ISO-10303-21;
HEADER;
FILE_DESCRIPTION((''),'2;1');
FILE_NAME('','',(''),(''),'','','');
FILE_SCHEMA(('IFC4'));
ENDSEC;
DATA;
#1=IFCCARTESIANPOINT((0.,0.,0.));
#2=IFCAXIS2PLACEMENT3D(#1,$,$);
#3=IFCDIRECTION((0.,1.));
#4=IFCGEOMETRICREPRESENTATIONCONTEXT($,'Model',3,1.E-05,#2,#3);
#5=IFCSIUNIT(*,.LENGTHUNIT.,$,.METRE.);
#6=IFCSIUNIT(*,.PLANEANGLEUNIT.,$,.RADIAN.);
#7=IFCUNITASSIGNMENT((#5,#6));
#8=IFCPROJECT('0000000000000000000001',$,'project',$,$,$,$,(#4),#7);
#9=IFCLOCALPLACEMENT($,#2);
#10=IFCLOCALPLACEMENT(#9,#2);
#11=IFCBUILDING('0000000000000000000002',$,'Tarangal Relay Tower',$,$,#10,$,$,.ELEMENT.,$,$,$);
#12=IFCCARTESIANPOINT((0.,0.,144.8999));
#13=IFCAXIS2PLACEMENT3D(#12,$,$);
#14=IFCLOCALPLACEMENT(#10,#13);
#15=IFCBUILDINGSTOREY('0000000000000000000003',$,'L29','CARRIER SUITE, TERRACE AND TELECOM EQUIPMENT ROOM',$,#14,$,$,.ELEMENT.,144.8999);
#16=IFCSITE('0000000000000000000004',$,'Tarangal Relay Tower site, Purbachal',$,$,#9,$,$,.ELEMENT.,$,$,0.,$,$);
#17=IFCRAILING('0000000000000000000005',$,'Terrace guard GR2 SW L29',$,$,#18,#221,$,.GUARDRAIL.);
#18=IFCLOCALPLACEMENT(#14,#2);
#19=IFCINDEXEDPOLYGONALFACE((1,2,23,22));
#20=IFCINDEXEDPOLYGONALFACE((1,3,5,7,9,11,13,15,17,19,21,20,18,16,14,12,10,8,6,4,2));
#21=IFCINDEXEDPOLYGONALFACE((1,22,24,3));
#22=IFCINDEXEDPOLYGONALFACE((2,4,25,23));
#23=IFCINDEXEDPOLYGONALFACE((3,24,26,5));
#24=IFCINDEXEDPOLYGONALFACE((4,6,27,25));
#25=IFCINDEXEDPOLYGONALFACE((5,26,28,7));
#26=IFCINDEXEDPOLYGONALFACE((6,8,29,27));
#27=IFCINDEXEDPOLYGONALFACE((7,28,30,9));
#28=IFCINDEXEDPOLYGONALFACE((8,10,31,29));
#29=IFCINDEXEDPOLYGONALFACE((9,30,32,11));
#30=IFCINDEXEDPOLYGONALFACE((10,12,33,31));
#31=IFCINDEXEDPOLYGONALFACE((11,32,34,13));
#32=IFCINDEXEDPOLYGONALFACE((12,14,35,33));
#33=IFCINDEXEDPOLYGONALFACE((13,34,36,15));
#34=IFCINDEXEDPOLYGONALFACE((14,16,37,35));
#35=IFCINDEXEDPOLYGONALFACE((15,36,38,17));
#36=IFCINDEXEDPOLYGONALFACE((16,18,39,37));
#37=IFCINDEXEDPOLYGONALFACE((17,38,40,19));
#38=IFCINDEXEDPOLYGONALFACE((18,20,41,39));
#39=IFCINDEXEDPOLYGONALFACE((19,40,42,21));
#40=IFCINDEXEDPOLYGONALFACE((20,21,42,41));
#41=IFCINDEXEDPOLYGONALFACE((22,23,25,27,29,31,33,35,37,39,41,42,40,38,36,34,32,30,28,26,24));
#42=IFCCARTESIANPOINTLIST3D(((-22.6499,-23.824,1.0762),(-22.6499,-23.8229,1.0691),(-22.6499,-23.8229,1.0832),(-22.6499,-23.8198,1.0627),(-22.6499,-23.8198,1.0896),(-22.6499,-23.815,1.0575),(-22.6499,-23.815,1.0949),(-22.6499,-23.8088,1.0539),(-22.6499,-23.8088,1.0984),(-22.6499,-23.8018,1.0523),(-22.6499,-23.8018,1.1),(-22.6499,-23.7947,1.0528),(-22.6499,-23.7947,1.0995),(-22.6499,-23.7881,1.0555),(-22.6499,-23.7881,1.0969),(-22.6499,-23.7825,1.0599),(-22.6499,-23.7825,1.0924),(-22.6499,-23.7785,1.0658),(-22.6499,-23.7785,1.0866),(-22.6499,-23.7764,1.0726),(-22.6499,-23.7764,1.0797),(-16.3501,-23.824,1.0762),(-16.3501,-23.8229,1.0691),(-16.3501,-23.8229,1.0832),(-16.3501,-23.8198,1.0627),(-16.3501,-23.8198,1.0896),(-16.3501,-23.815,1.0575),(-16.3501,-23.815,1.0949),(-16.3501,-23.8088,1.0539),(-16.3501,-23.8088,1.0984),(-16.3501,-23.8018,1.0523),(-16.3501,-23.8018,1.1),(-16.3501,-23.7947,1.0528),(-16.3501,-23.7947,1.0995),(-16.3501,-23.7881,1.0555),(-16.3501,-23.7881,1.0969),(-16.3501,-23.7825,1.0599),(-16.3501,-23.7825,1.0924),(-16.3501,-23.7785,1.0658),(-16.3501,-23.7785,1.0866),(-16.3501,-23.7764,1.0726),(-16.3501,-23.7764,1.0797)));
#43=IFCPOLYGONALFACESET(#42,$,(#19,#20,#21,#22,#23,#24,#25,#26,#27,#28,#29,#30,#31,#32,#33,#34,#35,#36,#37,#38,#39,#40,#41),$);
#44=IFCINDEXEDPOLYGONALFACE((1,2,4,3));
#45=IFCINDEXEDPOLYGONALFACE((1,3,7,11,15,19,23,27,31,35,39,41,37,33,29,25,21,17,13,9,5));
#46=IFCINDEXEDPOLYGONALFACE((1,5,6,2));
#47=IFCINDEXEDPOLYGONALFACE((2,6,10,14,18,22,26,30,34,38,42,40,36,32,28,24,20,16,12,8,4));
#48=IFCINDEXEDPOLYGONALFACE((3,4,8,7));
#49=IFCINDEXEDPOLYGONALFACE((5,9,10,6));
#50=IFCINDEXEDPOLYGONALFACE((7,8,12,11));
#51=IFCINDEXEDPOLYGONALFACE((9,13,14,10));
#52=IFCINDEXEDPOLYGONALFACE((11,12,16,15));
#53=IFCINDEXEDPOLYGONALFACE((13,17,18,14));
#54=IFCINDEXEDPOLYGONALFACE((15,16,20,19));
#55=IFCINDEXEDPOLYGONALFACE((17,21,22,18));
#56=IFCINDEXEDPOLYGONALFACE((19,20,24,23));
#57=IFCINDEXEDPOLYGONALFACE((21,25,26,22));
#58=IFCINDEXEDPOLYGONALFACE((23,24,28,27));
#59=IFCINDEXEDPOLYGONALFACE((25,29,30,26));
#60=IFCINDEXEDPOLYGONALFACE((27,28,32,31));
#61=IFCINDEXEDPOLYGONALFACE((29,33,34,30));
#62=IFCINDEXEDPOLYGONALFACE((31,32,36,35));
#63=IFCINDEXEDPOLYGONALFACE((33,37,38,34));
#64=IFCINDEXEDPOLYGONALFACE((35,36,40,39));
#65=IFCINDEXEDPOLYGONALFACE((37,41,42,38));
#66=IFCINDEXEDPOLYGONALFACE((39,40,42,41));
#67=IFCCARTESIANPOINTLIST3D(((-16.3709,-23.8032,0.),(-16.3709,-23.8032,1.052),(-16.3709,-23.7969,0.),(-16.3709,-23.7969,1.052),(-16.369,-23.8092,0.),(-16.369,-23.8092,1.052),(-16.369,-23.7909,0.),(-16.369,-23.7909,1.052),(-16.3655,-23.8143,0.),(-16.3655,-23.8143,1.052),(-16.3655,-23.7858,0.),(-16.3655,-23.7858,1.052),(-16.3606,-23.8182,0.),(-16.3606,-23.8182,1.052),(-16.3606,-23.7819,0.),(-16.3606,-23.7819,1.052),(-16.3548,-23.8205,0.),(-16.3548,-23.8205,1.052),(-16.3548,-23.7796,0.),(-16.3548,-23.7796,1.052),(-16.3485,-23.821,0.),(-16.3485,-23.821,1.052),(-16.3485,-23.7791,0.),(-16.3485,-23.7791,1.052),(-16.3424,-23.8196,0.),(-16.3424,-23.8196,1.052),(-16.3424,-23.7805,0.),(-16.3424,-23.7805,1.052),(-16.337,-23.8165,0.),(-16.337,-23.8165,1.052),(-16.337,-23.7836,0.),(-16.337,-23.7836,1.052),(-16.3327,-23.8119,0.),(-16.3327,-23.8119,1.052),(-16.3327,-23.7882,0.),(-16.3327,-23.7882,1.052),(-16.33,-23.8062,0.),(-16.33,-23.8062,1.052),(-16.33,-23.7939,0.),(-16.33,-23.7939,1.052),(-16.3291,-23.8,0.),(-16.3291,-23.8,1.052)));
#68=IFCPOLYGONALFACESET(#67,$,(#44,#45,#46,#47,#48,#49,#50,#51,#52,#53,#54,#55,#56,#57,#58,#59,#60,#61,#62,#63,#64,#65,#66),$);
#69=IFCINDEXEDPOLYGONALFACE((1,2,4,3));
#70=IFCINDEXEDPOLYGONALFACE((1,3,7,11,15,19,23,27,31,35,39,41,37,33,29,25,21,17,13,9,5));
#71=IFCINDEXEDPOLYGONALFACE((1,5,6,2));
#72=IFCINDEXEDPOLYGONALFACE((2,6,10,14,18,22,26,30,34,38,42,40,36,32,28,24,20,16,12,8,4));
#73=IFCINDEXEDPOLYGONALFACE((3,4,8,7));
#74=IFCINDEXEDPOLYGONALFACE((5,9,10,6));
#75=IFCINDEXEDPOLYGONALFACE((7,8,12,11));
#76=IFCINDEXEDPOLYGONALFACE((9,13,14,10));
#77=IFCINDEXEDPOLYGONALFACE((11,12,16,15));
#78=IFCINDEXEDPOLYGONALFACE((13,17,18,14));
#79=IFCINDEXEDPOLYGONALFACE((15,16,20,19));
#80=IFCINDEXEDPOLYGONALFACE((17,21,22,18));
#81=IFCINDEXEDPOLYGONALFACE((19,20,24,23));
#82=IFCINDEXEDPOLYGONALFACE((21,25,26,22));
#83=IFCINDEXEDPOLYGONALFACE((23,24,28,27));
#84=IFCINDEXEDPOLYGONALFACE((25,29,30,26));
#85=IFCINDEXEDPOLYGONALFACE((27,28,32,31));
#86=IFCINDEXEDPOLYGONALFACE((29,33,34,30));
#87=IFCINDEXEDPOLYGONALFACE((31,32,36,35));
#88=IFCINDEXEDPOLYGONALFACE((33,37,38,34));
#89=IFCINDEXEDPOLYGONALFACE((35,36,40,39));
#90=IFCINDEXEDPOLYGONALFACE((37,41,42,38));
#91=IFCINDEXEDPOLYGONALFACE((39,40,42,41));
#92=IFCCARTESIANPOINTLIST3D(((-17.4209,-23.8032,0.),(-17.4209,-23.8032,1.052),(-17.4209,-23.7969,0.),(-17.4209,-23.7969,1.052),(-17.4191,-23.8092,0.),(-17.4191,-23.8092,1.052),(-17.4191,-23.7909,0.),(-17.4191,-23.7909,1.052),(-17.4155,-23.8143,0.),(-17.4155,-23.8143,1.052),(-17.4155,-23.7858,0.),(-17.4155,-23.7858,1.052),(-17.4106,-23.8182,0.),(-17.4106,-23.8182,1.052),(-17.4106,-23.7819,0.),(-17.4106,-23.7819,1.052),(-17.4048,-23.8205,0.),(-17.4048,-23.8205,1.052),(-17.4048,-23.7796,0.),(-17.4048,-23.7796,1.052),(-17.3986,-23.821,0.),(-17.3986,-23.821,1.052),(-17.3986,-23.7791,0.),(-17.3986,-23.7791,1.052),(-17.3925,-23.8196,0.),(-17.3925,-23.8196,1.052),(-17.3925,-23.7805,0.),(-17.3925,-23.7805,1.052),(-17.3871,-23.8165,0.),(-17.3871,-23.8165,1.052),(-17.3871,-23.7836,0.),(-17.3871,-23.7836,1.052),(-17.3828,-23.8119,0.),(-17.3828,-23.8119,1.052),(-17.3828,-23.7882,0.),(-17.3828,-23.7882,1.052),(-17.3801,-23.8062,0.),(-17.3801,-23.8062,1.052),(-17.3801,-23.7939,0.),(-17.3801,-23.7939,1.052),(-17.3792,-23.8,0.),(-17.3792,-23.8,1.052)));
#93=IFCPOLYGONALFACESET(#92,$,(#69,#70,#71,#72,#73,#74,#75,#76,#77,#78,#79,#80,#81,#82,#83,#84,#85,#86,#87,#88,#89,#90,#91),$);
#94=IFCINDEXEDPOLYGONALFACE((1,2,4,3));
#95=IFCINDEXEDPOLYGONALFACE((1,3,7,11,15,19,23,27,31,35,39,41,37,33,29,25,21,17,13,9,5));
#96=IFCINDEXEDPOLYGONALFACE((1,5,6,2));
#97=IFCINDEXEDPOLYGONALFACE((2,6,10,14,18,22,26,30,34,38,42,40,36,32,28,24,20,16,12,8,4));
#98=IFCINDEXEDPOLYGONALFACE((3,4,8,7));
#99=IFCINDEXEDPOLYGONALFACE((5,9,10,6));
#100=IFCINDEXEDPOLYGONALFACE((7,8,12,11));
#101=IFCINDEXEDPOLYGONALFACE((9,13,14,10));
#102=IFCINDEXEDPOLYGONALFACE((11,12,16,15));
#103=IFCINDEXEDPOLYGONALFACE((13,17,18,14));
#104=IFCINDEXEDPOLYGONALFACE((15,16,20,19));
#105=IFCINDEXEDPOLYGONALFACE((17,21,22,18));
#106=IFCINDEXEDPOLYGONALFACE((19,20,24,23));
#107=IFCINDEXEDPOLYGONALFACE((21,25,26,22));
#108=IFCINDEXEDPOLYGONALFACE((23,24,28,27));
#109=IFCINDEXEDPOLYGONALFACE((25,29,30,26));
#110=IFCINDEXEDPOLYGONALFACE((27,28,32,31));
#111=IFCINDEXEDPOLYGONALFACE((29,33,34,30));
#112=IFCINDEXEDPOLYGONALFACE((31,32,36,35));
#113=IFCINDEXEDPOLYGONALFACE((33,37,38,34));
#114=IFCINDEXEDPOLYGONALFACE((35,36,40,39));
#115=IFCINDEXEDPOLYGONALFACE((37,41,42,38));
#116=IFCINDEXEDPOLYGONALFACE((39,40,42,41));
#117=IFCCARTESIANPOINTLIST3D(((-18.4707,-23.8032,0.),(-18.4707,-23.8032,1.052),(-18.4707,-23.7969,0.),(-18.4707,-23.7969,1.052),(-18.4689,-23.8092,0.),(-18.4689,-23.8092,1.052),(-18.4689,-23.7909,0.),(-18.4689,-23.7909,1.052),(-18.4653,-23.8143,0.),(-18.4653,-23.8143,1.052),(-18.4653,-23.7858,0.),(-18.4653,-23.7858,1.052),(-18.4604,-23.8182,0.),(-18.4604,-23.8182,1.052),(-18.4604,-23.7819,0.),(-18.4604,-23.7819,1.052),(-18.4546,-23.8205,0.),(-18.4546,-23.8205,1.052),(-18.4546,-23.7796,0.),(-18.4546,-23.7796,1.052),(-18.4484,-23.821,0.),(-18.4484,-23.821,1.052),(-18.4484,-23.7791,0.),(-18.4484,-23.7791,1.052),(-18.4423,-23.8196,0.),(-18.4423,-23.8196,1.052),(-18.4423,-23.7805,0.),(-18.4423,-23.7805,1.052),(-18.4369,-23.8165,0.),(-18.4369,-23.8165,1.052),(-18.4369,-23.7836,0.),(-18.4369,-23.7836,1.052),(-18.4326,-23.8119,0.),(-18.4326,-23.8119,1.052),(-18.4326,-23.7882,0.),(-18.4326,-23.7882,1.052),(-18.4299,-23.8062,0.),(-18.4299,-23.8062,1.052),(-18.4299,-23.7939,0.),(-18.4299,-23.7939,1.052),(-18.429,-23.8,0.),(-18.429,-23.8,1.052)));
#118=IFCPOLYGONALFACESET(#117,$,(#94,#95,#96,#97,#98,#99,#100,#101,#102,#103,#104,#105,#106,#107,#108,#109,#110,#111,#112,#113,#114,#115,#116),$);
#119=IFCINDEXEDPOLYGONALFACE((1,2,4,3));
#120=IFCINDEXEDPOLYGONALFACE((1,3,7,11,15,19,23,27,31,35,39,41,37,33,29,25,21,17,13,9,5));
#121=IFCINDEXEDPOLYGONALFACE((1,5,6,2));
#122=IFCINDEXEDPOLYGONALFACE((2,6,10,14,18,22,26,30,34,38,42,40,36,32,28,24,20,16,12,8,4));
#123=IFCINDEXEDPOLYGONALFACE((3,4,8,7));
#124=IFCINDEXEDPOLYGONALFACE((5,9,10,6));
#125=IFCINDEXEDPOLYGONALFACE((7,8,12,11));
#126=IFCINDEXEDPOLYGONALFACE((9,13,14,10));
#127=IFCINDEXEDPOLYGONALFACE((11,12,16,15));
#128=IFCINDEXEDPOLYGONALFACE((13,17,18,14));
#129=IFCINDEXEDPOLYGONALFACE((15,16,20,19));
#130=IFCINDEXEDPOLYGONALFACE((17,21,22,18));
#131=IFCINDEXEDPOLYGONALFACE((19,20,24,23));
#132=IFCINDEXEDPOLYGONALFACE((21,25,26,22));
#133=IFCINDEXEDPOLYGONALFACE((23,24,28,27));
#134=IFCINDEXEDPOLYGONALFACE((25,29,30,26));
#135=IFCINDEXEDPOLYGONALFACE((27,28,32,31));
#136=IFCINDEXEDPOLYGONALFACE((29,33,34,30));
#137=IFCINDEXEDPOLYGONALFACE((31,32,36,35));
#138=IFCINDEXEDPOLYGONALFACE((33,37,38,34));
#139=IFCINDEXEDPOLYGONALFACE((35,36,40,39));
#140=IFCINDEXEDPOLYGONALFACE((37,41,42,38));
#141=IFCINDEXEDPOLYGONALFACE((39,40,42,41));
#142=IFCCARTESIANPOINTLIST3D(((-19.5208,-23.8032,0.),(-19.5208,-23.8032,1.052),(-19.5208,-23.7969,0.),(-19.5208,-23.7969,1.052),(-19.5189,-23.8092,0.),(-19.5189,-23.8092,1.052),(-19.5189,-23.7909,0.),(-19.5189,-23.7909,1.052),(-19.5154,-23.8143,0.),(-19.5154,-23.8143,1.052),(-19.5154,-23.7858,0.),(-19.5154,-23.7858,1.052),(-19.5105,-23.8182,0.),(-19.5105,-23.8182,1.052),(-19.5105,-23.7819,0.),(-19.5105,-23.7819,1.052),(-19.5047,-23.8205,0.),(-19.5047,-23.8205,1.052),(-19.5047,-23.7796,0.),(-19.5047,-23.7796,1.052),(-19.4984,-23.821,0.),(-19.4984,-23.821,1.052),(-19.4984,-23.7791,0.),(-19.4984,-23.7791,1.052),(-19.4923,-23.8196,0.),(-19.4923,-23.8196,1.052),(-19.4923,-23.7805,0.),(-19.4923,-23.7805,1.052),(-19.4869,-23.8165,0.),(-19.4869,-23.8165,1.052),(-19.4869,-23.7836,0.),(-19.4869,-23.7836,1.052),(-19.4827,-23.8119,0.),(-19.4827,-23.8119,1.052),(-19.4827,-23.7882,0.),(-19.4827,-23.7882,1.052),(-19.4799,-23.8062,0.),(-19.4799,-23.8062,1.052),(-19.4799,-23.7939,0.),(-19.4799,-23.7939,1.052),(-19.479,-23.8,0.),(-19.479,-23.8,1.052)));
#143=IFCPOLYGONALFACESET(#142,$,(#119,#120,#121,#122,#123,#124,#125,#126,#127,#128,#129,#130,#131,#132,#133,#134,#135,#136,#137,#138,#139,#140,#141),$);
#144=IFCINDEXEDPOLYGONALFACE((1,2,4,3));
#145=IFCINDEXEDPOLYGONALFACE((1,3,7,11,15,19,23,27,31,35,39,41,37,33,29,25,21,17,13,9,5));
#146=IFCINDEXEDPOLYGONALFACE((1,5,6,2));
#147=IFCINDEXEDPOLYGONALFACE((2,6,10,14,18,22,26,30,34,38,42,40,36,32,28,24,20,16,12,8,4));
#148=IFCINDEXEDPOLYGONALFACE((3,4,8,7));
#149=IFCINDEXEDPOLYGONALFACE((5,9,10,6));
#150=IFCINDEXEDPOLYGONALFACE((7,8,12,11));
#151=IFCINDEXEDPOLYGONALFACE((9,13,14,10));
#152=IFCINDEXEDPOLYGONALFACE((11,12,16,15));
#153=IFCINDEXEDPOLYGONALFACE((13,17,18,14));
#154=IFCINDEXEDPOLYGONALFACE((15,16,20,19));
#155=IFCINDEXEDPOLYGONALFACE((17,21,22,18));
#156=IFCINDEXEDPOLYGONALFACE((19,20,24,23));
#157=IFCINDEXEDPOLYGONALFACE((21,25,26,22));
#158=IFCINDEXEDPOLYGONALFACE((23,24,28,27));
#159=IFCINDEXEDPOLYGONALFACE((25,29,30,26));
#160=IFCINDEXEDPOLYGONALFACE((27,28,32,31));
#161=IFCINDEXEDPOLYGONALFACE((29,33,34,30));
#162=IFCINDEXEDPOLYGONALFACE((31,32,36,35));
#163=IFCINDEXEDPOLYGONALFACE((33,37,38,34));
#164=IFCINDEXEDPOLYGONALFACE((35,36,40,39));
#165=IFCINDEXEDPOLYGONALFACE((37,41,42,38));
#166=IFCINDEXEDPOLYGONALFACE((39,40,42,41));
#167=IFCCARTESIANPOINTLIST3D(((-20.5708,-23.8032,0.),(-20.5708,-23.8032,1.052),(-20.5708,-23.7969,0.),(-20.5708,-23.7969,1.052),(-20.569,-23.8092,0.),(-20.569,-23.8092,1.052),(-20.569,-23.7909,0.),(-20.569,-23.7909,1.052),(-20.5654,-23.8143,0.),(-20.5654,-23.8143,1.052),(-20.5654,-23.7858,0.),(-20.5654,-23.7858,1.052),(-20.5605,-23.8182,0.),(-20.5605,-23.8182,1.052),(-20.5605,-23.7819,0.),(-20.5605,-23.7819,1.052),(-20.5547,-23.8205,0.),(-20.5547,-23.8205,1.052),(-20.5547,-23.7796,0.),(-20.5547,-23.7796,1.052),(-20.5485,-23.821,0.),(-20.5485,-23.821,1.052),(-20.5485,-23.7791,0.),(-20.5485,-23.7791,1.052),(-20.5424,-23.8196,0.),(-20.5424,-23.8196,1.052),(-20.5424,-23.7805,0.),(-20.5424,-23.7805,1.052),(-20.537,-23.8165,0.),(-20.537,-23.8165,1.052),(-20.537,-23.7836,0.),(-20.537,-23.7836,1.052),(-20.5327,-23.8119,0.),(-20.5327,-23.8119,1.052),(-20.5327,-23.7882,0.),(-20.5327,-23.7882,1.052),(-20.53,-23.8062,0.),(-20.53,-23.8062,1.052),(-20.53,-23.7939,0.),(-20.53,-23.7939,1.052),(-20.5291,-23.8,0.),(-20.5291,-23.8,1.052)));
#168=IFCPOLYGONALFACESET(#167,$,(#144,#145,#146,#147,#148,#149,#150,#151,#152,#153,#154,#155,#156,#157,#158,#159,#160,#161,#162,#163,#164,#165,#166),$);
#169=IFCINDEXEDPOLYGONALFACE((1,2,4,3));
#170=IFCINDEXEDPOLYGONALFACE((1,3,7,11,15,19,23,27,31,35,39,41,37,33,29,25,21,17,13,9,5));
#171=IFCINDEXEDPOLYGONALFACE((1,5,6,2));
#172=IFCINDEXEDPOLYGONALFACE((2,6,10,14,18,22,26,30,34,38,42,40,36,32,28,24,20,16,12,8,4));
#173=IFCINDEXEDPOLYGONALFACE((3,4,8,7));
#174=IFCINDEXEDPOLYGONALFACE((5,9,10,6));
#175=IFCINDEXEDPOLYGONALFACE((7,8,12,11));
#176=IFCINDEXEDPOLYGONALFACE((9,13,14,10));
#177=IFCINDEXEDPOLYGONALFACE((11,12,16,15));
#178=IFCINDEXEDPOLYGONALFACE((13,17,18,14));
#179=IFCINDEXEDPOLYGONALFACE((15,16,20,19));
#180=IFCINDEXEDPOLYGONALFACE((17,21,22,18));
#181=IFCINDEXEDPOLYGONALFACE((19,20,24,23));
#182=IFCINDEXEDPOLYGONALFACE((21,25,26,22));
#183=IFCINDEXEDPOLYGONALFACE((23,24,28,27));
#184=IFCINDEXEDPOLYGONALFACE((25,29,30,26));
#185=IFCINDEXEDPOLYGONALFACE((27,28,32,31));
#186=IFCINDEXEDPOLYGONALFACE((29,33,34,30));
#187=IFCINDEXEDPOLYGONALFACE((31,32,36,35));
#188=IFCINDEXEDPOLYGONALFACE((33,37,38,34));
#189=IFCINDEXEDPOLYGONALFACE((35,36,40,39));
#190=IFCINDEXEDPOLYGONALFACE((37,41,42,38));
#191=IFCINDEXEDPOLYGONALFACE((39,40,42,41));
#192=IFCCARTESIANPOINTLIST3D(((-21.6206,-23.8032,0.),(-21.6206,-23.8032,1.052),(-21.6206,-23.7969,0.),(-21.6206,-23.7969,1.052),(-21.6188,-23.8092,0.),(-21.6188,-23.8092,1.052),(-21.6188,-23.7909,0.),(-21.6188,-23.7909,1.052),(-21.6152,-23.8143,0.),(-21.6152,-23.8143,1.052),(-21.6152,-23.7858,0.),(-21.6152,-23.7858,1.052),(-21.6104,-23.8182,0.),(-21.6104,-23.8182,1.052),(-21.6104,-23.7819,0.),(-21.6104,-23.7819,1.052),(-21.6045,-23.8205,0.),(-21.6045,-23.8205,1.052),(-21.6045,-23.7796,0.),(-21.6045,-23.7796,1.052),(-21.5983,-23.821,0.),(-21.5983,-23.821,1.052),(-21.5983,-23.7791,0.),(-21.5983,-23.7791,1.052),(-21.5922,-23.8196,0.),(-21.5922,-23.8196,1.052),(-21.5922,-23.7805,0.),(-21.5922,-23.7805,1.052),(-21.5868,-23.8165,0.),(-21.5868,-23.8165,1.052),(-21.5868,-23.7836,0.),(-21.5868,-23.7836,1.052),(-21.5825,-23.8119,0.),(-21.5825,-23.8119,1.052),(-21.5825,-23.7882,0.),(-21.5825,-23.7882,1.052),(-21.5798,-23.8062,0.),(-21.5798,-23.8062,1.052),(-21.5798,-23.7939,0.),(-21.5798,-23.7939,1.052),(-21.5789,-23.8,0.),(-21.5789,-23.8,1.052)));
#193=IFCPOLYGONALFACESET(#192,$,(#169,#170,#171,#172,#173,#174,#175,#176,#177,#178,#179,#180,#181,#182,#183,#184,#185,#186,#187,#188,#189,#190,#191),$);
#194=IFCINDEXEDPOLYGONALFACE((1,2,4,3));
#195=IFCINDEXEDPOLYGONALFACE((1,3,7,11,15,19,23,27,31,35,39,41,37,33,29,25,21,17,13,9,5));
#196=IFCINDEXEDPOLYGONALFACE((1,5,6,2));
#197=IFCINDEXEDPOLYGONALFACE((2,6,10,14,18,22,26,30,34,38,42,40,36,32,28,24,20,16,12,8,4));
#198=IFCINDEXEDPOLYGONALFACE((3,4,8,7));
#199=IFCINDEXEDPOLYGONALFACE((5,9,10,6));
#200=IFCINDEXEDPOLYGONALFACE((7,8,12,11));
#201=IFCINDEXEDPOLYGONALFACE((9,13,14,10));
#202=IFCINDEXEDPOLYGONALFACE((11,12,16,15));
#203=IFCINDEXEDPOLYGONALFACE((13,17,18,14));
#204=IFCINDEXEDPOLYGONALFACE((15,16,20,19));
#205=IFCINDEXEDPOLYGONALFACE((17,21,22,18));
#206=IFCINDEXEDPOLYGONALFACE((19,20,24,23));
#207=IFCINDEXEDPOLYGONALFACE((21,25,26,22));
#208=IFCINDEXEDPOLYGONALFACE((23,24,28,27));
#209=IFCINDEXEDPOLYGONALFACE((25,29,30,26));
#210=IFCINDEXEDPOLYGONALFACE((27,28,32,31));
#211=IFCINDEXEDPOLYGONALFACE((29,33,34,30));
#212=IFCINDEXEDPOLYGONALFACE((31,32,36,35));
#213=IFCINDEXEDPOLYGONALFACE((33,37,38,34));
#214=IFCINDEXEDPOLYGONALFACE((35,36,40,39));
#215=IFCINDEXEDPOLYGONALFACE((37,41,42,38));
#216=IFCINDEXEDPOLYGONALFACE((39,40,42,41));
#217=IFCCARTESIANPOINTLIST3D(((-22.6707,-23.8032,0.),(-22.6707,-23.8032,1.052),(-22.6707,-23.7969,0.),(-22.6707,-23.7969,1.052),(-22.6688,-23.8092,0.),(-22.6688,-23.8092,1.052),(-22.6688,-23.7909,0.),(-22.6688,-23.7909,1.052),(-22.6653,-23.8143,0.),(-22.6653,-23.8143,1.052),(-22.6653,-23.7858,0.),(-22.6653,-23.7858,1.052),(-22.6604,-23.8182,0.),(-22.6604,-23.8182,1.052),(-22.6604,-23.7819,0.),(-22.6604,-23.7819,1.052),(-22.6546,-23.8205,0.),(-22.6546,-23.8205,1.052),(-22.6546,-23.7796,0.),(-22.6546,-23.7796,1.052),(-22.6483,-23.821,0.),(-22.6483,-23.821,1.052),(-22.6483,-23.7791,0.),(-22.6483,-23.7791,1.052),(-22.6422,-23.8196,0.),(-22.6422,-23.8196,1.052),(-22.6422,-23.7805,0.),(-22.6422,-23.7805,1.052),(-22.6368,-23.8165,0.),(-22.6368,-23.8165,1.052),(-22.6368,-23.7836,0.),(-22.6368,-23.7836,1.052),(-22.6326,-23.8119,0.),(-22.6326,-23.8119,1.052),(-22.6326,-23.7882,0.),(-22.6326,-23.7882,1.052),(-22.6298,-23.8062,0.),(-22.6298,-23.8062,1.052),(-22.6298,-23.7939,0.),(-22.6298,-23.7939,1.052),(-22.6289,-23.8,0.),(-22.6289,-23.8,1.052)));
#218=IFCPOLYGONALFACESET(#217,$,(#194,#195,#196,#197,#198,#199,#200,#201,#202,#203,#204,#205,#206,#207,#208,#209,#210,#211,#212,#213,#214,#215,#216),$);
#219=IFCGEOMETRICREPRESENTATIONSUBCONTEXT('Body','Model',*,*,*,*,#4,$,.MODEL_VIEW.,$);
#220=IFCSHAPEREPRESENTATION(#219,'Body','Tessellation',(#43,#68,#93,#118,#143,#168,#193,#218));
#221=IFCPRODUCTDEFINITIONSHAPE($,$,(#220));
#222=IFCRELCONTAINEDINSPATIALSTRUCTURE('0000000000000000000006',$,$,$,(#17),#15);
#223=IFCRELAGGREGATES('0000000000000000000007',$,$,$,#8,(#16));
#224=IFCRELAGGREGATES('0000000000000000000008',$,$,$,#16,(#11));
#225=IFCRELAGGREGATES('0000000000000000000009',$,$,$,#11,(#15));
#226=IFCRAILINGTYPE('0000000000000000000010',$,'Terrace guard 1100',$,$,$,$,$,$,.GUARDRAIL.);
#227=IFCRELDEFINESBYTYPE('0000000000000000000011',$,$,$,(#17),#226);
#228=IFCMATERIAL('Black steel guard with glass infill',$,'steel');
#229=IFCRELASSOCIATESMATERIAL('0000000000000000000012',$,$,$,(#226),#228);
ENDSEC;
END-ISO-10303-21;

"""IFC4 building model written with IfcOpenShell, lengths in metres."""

from ifc_helpers import new_model, si_unit, direction, frame, origin, origin_2d, place, context, subcontext, project, spatial, circle, extrude, material, type_object, element, save


model = new_model("IFC4")

# Units and contexts
model_context = context("Model", 3, precision=1e-05, world=origin(), true_north=direction((0.0, 1.0)))
body_context = subcontext(model_context, "Body", "Model", "MODEL_VIEW")
ifc_project = project(units=[si_unit("LENGTHUNIT", "METRE"), si_unit("PLANEANGLEUNIT", "RADIAN")], contexts=[model_context])

# Site, building, storey
site_placement = place(None, origin())
site = spatial("IfcSite", under=ifc_project, at=site_placement, Name="Tarangal Relay Tower site, Purbachal", CompositionType="ELEMENT", RefElevation=0.0)
building_placement = place(site_placement, origin())
building = spatial("IfcBuilding", under=site, at=building_placement, Name="Tarangal Relay Tower", CompositionType="ELEMENT")
storey_placement = place(building_placement, frame((0.0, 0.0, 144.8999)))
storey = spatial("IfcBuildingStorey", under=building, at=storey_placement, Name="L29", Description="CARRIER SUITE, TERRACE AND TELECOM EQUIPMENT ROOM", CompositionType="ELEMENT", Elevation=144.8999)

# Railing
ifc_material_1 = material(Name="Black steel guard with glass infill", Category="steel")
railing_type = type_object("IfcRailingType", Name="Terrace guard 1100", PredefinedType="GUARDRAIL", material=ifc_material_1)
railing_placement = place(storey_placement, frame((-16.3501, -23.8, 0.0)))
element("IfcRailing", 1, at=railing_placement, inside=storey, type_object=railing_type, Name="Terrace guard GR2 SW L29", PredefinedType="GUARDRAIL", context=body_context, shape_type="SweptSolid", body=[
    extrude(circle(Radius=0.0239, at=origin_2d()), frame((0.0, 0.0, 1.0762), z_axis=(-1.0, 0.0, 0.0), x_axis=(0.0, -1.0, 0.0)), (0.0, 0.0, 1.0), 6.2998),
    extrude(circle(Radius=0.021, at=origin_2d()), origin(), (0.0, 0.0, 1.0), 1.052),
    extrude(circle(Radius=0.021, at=origin_2d()), frame((-1.05, 0.0, 0.0)), (0.0, 0.0, 1.0), 1.052),
    extrude(circle(Radius=0.021, at=origin_2d()), frame((-2.0999, 0.0, 0.0)), (0.0, 0.0, 1.0), 1.052),
    extrude(circle(Radius=0.021, at=origin_2d()), frame((-3.1499, 0.0, 0.0)), (0.0, 0.0, 1.0), 1.052),
    extrude(circle(Radius=0.021, at=origin_2d()), frame((-4.2, 0.0, 0.0)), (0.0, 0.0, 1.0), 1.052),
    extrude(circle(Radius=0.021, at=origin_2d()), frame((-5.2498, 0.0, 0.0)), (0.0, 0.0, 1.0), 1.052),
    extrude(circle(Radius=0.021, at=origin_2d()), frame((-6.2998, 0.0, 0.0)), (0.0, 0.0, 1.0), 1.052),
])

save(model, "model.ifc")
